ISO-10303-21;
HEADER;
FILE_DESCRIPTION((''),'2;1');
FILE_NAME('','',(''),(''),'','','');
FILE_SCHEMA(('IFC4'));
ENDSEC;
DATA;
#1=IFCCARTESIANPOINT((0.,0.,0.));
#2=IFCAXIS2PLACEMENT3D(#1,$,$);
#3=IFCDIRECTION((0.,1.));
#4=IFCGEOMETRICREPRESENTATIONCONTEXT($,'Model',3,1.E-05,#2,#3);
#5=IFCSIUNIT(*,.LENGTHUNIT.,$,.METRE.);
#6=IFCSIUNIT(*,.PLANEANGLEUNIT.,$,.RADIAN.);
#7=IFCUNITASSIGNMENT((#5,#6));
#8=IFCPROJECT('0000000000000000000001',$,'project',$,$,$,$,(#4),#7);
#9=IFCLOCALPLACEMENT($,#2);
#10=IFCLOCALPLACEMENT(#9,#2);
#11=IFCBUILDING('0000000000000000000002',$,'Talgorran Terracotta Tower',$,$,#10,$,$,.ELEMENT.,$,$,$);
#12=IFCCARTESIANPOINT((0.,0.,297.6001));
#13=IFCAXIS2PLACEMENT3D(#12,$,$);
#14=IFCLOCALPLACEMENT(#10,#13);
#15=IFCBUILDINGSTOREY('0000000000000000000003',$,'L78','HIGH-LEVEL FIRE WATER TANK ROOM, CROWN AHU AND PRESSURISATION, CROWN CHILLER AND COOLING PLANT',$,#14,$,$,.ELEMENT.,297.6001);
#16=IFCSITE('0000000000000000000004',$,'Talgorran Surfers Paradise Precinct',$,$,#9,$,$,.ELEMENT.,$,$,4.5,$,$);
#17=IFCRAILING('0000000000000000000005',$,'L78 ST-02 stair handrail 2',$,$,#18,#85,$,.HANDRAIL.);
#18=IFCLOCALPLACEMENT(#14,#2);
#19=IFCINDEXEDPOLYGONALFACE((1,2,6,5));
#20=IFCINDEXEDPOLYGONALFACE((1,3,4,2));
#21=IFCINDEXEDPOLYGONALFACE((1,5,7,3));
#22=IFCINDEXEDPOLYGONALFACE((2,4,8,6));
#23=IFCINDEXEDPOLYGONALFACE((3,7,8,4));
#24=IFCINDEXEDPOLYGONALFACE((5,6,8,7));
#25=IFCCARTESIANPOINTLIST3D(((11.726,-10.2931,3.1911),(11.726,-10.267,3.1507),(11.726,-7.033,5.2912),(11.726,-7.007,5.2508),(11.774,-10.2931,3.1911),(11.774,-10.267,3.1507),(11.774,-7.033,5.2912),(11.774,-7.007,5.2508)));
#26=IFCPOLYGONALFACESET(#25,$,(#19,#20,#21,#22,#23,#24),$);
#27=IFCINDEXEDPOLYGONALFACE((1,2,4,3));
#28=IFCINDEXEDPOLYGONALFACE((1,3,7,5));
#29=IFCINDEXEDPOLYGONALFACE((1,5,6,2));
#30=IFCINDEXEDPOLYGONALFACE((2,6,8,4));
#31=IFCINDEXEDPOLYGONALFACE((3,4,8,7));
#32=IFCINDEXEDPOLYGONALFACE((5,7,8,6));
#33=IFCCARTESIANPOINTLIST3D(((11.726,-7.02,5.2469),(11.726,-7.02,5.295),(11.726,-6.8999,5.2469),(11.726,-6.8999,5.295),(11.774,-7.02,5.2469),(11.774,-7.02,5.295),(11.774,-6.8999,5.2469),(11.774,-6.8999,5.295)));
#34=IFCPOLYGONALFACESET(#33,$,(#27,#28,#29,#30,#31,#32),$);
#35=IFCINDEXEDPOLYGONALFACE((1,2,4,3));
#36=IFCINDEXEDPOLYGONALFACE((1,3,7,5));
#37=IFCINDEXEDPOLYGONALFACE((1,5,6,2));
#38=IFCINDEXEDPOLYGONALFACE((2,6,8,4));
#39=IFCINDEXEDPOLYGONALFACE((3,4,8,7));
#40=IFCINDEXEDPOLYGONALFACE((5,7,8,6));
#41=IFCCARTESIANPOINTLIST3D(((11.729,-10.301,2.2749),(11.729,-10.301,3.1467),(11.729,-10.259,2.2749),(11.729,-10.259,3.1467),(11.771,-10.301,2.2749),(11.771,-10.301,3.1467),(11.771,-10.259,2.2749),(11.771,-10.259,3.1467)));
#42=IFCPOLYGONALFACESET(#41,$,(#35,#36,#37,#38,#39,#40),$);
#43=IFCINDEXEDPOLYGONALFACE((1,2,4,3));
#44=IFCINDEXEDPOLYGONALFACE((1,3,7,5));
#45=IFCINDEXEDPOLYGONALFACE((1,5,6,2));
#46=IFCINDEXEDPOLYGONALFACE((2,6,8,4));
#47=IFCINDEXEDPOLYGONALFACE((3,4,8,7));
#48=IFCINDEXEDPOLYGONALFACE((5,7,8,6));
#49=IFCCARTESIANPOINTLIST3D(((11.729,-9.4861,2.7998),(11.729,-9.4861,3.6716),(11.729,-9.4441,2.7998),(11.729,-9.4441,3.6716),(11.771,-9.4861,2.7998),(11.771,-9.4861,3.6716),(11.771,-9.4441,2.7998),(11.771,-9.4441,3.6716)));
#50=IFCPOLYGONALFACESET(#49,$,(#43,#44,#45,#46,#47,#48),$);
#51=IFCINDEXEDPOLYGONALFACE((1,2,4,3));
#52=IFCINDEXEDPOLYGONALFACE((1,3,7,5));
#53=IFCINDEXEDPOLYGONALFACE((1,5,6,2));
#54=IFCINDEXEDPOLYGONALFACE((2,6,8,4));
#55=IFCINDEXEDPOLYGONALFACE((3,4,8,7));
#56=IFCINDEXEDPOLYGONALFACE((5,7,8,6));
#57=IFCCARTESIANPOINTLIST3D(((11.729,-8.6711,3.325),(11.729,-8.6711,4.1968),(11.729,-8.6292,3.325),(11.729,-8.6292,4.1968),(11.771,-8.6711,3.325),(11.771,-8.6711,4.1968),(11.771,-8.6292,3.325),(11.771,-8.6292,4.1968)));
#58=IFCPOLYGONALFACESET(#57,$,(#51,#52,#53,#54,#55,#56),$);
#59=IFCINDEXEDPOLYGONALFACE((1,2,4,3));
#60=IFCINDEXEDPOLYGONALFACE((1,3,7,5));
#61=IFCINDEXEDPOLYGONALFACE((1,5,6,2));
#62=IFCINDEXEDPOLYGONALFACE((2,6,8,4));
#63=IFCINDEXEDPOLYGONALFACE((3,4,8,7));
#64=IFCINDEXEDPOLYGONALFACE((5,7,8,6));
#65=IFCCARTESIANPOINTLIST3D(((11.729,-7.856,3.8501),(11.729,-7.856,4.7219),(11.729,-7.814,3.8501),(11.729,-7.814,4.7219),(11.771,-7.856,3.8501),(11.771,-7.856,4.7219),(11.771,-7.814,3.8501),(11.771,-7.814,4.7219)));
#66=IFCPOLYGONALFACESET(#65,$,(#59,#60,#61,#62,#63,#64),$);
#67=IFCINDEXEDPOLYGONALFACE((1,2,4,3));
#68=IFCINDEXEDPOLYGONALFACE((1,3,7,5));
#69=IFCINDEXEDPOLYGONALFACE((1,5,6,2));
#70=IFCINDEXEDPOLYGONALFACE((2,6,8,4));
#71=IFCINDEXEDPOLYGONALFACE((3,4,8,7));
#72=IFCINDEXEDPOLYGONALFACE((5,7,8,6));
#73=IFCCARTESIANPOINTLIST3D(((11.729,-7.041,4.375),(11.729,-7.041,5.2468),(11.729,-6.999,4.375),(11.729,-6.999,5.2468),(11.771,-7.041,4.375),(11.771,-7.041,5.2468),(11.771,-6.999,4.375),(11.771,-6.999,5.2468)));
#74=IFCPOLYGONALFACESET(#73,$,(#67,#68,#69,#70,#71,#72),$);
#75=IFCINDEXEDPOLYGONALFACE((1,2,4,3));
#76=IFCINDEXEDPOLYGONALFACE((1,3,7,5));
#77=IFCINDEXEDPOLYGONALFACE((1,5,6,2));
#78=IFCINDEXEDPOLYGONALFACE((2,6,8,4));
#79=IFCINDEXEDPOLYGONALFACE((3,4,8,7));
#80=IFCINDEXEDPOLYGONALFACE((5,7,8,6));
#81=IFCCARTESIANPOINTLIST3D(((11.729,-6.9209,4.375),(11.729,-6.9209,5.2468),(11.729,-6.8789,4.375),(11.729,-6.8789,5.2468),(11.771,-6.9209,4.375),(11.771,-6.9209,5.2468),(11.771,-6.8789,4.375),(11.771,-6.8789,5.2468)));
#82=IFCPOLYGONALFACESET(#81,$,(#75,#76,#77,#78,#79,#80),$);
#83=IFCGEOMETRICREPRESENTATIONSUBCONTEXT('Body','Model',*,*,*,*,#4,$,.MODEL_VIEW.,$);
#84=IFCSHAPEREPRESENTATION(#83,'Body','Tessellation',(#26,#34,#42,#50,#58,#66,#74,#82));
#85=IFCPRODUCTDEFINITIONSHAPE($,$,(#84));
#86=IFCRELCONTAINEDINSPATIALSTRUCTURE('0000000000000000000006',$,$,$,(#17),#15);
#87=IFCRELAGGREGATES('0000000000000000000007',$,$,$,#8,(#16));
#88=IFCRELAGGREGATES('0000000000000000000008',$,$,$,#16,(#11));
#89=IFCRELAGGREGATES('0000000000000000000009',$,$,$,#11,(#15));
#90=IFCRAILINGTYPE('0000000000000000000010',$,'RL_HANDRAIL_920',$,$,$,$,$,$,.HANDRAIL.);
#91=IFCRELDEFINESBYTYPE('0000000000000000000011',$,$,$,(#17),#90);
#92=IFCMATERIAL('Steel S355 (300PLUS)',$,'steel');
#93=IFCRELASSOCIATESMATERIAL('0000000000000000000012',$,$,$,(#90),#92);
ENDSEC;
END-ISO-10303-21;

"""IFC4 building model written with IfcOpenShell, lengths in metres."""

from ifc_helpers import new_model, si_unit, direction, frame, origin, origin_2d, place, context, subcontext, project, spatial, rectangle, extrude, material, type_object, element, save


model = new_model("IFC4")

# Units and contexts
model_context = context("Model", 3, precision=1e-05, world=origin(), true_north=direction((0.0, 1.0)))
body_context = subcontext(model_context, "Body", "Model", "MODEL_VIEW")
ifc_project = project(units=[si_unit("LENGTHUNIT", "METRE"), si_unit("PLANEANGLEUNIT", "RADIAN")], contexts=[model_context])

# Site, building, storey
site_placement = place(None, origin())
site = spatial("IfcSite", under=ifc_project, at=site_placement, Name="Talgorran Surfers Paradise Precinct", CompositionType="ELEMENT", RefElevation=4.5)
building_placement = place(site_placement, origin())
building = spatial("IfcBuilding", under=site, at=building_placement, Name="Talgorran Terracotta Tower", CompositionType="ELEMENT")
storey_placement = place(building_placement, frame((0.0, 0.0, 297.6001)))
storey = spatial("IfcBuildingStorey", under=building, at=storey_placement, Name="L78", Description="HIGH-LEVEL FIRE WATER TANK ROOM, CROWN AHU AND PRESSURISATION, CROWN CHILLER AND COOLING PLANT", CompositionType="ELEMENT", Elevation=297.6001)

# Shared definitions
ifc_material_1 = material(Name="Steel S355 (300PLUS)", Category="steel")

# Railing
railing_type = type_object("IfcRailingType", Name="RL_HANDRAIL_920", PredefinedType="HANDRAIL", material=ifc_material_1)
railing_placement = place(storey_placement, frame((11.75, -10.28, 2.2749)))
element("IfcRailing", 1, at=railing_placement, inside=storey, type_object=railing_type, Name="L78 ST-02 stair handrail 2", PredefinedType="HANDRAIL", context=body_context, shape_type="SweptSolid", body=[
    extrude(rectangle(XDim=0.0481, YDim=0.0481, at=origin_2d()), frame((0.0, 0.0, 0.896), z_axis=(0.0, 0.840665, 0.541556), x_axis=(-1.0, 0.0, 0.0)), (0.0, 0.0, 1.0), 3.8779),
    extrude(rectangle(XDim=0.0481, YDim=0.0481, at=origin_2d()), frame((0.0, 3.26, 2.9961), z_axis=(0.0, 1.0, 0.0), x_axis=(-1.0, 0.0, 0.0)), (0.0, 0.0, 1.0), 0.1201),
    extrude(rectangle(XDim=0.042, YDim=0.042, at=origin_2d()), origin(), (0.0, 0.0, 1.0), 0.8718),
    extrude(rectangle(XDim=0.042, YDim=0.042, at=origin_2d()), frame((0.0, 0.8149, 0.5249)), (0.0, 0.0, 1.0), 0.8718),
    extrude(rectangle(XDim=0.042, YDim=0.042, at=origin_2d()), frame((0.0, 1.6299, 1.05)), (0.0, 0.0, 1.0), 0.8718),
    extrude(rectangle(XDim=0.042, YDim=0.042, at=origin_2d()), frame((0.0, 2.4451, 1.5752)), (0.0, 0.0, 1.0), 0.8718),
    extrude(rectangle(XDim=0.042, YDim=0.042, at=origin_2d()), frame((0.0, 3.26, 2.1001)), (0.0, 0.0, 1.0), 0.8718),
    extrude(rectangle(XDim=0.042, YDim=0.042, at=origin_2d()), frame((0.0, 3.3801, 2.1001)), (0.0, 0.0, 1.0), 0.8718),
])

save(model, "model.ifc")
